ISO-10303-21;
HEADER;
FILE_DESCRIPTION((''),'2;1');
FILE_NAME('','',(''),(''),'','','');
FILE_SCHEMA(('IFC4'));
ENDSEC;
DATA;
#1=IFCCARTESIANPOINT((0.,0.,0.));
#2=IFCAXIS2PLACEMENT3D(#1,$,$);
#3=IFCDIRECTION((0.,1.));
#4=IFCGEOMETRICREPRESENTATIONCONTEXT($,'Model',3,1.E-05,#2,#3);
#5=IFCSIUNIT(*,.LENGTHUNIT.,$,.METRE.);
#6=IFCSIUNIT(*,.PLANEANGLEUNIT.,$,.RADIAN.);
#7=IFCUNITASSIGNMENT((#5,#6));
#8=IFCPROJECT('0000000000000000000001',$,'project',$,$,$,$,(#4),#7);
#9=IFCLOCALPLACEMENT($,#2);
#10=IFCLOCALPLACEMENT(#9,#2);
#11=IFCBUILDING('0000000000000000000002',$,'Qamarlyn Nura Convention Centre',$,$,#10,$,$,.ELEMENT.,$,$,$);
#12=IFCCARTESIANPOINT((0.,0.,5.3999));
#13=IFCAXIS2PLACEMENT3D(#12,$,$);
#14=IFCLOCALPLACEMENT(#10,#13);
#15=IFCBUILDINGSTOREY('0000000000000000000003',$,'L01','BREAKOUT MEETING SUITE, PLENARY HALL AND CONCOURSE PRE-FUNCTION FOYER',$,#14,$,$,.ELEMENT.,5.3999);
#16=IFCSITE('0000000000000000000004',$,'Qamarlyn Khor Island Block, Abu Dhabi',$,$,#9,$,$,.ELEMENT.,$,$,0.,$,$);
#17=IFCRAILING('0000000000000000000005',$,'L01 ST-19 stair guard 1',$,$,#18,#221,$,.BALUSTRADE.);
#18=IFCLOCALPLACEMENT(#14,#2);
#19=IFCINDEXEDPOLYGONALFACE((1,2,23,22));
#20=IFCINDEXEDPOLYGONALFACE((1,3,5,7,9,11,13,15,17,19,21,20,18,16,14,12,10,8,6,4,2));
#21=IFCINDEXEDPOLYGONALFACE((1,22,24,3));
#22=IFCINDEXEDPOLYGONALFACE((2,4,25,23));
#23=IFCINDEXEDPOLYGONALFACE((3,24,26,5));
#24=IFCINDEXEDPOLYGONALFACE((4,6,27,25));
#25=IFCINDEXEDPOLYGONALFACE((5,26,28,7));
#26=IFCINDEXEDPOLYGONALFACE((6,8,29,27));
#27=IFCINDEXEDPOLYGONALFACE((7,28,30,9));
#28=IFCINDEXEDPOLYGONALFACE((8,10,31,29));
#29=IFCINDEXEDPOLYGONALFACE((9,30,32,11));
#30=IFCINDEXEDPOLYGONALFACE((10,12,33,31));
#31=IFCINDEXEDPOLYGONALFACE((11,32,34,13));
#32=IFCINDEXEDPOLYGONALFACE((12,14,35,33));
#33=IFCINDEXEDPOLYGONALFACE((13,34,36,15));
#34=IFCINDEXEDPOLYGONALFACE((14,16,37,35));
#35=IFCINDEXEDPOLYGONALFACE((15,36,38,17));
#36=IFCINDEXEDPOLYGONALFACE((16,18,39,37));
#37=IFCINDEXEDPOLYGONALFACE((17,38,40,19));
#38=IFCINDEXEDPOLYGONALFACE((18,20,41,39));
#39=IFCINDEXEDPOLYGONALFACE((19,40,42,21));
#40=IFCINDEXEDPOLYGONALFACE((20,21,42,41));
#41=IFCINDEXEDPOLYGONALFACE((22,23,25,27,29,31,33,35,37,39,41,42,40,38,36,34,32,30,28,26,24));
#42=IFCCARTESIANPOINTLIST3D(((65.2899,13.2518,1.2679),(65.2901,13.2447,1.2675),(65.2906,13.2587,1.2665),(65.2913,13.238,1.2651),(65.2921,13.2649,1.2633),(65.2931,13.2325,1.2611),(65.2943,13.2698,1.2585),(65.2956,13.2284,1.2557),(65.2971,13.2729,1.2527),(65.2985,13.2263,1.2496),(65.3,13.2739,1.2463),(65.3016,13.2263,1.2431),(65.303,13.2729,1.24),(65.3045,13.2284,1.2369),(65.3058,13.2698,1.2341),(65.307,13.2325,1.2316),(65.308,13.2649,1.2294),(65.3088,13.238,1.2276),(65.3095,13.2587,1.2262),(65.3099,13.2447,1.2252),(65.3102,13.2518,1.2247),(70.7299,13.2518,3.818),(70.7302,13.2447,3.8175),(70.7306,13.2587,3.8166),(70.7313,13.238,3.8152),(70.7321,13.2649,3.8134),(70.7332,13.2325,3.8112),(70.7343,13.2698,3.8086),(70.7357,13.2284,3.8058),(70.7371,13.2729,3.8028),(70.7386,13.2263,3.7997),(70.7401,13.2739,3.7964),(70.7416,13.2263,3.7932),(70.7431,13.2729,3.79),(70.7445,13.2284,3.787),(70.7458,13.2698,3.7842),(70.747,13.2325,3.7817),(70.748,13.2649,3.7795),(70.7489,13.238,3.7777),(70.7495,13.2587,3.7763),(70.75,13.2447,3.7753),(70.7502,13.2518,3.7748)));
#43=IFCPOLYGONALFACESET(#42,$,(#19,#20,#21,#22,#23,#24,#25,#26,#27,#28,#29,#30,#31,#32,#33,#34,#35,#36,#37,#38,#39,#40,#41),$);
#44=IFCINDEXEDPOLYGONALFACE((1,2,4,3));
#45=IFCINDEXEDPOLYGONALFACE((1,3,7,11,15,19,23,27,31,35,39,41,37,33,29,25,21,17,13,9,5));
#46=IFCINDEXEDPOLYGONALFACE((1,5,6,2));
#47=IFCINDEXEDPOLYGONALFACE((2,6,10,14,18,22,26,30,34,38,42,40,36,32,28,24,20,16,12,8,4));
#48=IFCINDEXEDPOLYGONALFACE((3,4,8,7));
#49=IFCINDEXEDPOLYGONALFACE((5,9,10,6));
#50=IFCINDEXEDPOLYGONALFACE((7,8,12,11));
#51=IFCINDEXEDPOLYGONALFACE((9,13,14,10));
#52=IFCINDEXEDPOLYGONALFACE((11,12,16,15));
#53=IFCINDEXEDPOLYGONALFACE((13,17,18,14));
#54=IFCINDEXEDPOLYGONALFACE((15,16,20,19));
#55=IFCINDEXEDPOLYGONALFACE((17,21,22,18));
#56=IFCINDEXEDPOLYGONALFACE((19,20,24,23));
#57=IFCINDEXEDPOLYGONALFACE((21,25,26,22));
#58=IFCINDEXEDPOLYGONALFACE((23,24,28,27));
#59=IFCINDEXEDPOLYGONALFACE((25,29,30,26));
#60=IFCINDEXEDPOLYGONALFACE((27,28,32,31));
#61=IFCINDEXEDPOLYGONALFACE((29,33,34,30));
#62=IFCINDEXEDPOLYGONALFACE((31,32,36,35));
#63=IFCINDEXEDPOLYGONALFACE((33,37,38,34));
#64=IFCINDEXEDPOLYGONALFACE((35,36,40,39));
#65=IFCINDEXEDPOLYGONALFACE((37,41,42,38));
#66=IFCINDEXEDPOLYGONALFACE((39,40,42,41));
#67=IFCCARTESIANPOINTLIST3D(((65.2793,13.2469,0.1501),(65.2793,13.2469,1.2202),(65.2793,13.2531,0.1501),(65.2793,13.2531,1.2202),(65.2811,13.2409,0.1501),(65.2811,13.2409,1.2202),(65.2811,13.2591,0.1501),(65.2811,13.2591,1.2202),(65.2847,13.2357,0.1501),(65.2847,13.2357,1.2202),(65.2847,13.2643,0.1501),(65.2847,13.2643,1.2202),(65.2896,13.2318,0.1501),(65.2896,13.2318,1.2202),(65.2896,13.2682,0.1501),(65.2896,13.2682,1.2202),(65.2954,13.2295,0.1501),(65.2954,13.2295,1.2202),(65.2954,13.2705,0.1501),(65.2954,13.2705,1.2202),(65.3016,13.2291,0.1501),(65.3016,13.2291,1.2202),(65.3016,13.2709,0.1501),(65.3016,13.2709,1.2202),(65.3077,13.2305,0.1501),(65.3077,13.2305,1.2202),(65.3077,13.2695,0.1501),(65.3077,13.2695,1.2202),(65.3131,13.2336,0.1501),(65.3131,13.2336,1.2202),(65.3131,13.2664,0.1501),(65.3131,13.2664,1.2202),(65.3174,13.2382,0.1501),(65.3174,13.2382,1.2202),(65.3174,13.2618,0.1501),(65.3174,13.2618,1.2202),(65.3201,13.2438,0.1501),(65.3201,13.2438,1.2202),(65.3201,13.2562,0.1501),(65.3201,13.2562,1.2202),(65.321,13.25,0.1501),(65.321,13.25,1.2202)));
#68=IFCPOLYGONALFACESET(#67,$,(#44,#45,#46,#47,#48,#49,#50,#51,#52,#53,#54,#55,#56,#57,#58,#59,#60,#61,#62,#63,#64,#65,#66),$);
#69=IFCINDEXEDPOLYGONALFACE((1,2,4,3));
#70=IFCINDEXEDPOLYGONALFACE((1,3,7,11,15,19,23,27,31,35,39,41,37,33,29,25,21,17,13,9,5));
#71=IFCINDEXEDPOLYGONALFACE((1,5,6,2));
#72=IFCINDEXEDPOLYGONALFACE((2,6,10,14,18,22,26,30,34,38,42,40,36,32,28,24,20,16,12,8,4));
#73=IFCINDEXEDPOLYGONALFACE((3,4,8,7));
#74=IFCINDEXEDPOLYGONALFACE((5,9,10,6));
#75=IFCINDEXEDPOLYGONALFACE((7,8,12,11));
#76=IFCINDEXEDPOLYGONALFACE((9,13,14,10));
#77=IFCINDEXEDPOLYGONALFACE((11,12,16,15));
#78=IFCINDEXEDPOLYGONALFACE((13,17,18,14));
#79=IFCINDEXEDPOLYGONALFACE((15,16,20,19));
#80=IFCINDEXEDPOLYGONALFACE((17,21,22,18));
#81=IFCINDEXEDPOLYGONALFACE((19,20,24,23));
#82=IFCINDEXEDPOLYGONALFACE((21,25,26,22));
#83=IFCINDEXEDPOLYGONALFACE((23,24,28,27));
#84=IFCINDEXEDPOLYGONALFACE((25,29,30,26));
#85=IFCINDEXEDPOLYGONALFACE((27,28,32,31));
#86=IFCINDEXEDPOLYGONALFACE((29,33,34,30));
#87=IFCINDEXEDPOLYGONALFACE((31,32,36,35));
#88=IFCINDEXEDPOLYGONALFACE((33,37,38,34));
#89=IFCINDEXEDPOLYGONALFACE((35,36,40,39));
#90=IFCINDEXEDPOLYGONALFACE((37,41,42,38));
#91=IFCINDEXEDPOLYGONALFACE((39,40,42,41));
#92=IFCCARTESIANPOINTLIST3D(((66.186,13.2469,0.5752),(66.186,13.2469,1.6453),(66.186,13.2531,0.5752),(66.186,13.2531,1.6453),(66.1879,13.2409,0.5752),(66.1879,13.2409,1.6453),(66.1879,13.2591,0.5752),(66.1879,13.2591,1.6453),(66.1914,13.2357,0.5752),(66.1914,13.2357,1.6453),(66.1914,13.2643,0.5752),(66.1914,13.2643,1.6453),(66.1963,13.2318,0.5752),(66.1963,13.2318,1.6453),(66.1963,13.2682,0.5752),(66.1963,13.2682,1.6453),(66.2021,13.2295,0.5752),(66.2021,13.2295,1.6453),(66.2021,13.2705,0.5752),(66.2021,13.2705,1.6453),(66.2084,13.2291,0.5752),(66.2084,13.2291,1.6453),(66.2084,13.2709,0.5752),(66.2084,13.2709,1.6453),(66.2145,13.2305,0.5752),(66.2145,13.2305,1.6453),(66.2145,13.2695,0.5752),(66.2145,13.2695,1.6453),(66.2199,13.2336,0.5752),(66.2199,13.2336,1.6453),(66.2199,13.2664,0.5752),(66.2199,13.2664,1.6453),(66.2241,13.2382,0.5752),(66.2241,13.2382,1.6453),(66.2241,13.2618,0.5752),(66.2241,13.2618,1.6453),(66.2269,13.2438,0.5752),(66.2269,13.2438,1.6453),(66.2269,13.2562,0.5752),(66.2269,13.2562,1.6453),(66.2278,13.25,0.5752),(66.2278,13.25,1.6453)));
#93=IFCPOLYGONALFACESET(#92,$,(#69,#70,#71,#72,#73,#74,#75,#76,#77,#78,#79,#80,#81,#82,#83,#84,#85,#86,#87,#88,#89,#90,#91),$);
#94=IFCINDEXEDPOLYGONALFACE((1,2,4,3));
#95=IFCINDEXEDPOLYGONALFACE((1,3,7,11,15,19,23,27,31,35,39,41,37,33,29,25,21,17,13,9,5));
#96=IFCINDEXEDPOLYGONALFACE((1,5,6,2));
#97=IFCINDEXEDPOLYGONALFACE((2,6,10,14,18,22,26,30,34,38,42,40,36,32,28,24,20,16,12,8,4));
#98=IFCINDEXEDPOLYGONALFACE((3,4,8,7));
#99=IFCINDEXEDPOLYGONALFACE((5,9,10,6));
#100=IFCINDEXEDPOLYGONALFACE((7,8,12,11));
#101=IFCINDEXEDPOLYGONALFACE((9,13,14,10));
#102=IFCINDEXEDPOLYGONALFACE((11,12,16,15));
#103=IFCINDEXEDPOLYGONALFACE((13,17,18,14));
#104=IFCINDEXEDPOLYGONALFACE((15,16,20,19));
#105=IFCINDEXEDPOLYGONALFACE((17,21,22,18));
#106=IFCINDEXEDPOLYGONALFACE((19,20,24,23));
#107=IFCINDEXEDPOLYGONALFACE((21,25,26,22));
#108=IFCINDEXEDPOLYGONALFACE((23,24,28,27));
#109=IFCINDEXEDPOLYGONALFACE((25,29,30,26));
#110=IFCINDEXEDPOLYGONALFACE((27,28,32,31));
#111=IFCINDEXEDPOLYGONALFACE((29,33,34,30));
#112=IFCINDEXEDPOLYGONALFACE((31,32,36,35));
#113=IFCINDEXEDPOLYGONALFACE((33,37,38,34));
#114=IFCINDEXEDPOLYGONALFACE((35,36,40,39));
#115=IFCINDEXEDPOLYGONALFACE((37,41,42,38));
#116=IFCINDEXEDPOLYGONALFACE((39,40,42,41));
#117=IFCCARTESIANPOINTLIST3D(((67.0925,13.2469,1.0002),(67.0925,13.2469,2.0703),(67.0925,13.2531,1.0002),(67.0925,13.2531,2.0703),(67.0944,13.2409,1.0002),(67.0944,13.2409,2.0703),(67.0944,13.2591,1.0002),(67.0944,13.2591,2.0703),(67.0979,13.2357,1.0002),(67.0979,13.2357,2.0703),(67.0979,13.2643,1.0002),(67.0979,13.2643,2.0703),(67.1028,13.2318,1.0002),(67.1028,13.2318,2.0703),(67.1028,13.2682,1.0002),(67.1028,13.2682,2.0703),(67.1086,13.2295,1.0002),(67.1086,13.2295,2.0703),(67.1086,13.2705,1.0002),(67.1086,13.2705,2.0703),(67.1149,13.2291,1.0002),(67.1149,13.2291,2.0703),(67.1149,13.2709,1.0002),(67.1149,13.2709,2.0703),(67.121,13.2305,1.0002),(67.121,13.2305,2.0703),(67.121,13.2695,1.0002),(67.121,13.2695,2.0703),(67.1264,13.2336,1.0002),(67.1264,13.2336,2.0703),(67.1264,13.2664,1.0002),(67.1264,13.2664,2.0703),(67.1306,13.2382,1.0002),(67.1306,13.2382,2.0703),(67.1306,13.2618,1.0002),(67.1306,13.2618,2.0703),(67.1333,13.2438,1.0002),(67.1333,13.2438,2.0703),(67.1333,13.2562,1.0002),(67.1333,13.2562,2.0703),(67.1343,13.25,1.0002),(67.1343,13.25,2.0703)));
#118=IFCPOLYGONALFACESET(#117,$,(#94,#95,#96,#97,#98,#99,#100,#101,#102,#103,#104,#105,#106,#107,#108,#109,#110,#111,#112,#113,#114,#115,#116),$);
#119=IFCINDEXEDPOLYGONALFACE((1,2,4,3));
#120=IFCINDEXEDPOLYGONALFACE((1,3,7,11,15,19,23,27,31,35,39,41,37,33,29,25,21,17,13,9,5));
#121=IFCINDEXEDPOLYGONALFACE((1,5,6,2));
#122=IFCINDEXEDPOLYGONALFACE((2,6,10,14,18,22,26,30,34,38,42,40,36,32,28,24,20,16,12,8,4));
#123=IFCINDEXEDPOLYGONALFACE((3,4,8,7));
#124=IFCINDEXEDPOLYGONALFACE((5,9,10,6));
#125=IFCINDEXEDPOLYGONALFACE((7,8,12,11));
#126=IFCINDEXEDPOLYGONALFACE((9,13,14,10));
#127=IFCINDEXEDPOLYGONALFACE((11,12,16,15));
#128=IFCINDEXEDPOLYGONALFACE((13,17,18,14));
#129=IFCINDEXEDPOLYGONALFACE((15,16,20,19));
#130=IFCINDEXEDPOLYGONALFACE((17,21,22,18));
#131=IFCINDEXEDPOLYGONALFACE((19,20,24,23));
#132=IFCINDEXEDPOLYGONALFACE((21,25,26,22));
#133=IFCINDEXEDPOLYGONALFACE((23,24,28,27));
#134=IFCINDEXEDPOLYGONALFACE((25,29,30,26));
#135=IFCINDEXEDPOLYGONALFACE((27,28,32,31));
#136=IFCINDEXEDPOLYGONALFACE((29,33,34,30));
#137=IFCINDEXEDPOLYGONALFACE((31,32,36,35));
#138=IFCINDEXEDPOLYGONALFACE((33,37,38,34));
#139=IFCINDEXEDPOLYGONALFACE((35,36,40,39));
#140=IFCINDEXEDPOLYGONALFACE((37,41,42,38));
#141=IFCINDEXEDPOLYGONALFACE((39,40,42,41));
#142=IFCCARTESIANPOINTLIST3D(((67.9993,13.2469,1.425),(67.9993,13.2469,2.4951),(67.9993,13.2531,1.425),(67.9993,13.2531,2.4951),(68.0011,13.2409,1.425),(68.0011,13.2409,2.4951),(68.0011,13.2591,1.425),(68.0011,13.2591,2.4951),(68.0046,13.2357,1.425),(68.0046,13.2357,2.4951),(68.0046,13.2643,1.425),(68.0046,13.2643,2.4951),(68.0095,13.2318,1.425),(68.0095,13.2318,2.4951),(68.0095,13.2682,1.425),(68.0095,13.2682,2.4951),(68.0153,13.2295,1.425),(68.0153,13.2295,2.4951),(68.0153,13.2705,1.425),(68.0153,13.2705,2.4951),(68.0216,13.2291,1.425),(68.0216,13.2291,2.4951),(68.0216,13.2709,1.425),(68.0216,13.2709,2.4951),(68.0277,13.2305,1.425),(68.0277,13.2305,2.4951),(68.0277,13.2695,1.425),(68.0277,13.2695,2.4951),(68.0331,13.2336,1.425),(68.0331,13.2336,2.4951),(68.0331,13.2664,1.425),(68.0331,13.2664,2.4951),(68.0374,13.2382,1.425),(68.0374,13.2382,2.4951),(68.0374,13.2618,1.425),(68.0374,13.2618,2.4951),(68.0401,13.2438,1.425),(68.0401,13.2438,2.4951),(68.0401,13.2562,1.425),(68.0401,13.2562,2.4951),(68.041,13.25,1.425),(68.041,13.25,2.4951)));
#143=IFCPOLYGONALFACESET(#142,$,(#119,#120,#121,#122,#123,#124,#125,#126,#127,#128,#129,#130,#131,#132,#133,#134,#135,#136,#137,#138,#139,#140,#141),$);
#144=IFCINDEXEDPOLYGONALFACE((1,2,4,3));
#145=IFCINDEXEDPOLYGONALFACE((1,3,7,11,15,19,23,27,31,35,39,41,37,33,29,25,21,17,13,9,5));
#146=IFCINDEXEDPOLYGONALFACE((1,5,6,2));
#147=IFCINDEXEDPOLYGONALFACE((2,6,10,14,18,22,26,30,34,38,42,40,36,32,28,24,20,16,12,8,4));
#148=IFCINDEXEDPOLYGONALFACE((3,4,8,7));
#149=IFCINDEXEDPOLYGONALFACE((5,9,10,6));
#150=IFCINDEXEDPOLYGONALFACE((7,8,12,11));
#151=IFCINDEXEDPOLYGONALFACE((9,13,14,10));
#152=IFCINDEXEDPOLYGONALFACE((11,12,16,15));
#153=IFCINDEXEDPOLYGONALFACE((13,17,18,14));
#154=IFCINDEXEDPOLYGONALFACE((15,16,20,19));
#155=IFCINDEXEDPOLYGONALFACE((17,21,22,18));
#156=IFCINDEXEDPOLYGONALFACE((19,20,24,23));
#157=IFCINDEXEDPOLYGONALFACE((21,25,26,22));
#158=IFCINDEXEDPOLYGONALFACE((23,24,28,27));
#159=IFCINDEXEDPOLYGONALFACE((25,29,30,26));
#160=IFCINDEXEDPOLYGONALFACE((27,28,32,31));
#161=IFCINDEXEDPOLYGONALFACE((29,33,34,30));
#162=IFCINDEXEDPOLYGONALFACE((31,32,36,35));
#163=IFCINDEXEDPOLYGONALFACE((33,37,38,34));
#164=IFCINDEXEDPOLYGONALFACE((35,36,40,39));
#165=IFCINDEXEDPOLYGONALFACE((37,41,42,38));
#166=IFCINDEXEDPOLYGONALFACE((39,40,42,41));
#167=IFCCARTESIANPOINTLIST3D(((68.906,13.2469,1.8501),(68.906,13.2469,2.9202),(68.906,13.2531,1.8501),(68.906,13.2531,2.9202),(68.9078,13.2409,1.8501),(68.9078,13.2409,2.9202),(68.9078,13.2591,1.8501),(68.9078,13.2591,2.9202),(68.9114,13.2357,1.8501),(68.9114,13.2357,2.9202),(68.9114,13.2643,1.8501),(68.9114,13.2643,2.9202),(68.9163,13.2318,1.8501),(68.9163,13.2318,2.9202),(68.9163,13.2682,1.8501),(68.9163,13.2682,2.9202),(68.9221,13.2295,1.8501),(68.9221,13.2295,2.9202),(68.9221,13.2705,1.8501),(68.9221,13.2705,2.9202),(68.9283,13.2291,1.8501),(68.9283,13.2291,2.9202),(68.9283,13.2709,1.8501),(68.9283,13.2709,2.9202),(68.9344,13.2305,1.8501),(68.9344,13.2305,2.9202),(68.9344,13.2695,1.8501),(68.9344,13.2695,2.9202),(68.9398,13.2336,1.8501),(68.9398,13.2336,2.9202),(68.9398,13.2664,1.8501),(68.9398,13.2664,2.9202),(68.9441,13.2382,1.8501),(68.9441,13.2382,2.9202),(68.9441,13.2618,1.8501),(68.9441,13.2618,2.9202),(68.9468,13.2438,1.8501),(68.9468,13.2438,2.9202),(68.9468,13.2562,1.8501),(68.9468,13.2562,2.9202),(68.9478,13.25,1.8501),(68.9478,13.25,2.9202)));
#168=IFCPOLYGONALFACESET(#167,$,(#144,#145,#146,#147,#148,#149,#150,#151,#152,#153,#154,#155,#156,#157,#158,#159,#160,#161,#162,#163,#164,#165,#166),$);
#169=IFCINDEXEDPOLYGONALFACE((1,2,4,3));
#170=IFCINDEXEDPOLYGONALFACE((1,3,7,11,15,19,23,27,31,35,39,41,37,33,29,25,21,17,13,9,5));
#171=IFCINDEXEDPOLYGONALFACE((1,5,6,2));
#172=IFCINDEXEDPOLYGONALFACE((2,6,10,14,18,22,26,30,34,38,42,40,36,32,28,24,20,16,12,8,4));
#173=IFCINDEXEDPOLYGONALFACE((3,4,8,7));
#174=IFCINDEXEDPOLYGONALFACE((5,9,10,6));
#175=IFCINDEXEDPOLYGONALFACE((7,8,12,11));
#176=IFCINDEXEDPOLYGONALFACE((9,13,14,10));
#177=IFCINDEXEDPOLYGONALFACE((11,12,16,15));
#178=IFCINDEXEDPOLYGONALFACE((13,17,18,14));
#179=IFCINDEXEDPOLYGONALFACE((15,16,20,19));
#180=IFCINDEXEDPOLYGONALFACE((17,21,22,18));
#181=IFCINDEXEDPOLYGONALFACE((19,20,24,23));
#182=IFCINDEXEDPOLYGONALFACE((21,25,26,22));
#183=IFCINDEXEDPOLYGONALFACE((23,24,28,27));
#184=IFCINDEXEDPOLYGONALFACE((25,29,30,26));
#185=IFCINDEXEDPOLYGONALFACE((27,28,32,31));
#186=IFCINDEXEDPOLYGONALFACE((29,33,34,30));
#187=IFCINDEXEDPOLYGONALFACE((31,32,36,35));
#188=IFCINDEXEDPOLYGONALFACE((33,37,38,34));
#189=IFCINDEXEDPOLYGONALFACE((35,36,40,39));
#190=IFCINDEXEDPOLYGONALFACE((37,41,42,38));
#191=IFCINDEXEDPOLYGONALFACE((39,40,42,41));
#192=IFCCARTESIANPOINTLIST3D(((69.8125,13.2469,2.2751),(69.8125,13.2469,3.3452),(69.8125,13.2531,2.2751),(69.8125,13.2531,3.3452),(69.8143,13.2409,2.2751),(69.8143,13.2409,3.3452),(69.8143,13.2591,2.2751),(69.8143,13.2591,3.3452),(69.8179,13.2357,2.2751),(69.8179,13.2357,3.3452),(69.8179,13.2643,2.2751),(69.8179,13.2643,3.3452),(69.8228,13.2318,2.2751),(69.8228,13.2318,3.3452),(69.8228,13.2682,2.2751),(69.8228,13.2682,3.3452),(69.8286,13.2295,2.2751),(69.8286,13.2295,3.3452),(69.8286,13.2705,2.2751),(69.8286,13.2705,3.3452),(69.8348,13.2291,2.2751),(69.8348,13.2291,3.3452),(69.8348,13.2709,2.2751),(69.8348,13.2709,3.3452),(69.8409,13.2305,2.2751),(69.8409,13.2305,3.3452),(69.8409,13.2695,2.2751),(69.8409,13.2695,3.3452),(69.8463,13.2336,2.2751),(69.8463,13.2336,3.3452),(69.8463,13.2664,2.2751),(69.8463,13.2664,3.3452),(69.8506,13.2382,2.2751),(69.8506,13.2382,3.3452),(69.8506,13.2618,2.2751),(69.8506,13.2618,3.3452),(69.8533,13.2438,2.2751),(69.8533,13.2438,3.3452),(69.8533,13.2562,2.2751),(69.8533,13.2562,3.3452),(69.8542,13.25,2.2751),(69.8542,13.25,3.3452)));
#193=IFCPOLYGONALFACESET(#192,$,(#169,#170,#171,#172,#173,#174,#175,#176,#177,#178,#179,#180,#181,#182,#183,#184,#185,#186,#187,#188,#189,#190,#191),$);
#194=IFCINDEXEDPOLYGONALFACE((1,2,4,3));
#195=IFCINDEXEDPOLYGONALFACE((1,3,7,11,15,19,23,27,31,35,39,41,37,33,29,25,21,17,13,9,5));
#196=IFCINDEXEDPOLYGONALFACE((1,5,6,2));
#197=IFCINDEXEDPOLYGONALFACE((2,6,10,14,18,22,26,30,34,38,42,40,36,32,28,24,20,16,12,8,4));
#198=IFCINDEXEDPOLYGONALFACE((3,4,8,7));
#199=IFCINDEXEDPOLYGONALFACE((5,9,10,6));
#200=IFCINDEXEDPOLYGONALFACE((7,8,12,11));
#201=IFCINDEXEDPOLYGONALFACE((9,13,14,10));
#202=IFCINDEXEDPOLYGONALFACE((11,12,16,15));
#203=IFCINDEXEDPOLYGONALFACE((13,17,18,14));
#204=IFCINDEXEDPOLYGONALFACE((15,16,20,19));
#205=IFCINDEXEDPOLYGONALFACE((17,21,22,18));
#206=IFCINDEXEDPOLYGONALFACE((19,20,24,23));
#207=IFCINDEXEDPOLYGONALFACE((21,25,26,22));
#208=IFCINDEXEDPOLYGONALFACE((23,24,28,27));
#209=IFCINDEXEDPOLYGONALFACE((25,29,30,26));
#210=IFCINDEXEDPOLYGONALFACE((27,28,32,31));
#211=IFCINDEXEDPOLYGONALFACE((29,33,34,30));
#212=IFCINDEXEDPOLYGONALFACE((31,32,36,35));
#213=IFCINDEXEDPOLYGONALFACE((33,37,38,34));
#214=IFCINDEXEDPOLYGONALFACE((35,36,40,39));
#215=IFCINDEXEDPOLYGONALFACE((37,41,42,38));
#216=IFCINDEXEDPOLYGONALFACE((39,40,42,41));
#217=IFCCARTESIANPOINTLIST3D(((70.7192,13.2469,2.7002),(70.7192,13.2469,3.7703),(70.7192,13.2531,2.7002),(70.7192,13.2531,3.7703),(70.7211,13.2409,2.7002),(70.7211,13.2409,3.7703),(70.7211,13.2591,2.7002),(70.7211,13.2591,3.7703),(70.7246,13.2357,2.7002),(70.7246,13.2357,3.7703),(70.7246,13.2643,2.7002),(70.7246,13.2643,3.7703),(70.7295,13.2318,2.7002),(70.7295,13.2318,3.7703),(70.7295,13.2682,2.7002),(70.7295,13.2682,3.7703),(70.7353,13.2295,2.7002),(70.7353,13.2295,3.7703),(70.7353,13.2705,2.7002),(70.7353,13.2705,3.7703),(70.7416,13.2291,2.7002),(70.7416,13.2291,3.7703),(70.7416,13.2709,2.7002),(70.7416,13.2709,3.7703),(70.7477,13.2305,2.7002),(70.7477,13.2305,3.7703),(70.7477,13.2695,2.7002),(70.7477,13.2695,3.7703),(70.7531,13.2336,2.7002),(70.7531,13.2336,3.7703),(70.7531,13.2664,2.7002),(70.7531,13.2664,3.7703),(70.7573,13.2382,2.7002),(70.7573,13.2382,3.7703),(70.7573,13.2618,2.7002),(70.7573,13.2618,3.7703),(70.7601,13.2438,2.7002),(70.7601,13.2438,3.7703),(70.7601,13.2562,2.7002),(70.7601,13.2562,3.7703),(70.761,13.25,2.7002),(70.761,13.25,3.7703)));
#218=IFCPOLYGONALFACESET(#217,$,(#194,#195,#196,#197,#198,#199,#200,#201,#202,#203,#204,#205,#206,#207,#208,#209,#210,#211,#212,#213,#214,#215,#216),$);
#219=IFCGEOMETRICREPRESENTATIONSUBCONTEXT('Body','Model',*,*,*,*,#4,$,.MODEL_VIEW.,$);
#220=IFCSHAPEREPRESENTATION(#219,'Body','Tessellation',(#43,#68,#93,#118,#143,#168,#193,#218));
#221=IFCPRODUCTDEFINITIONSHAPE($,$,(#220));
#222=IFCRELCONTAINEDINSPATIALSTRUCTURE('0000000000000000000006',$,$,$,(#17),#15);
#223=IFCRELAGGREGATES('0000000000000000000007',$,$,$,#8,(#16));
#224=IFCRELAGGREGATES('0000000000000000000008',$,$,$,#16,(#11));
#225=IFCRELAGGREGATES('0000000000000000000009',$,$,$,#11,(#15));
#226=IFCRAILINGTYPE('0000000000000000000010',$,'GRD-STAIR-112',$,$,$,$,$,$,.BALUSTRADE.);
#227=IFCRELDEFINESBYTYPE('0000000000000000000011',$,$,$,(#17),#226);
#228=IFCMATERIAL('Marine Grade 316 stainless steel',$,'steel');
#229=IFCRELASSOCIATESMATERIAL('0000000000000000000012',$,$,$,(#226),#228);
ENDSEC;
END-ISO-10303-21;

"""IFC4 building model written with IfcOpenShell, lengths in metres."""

from ifc_helpers import new_model, si_unit, direction, frame, origin, origin_2d, place, context, subcontext, project, spatial, circle, extrude, material, type_object, element, save


model = new_model("IFC4")

# Units and contexts
model_context = context("Model", 3, precision=1e-05, world=origin(), true_north=direction((0.0, 1.0)))
body_context = subcontext(model_context, "Body", "Model", "MODEL_VIEW")
ifc_project = project(units=[si_unit("LENGTHUNIT", "METRE"), si_unit("PLANEANGLEUNIT", "RADIAN")], contexts=[model_context])

# Site, building, storey
site_placement = place(None, origin())
site = spatial("IfcSite", under=ifc_project, at=site_placement, Name="Qamarlyn Khor Island Block, Abu Dhabi", CompositionType="ELEMENT", RefElevation=0.0)
building_placement = place(site_placement, origin())
building = spatial("IfcBuilding", under=site, at=building_placement, Name="Qamarlyn Nura Convention Centre", CompositionType="ELEMENT")
storey_placement = place(building_placement, frame((0.0, 0.0, 5.3999)))
storey = spatial("IfcBuildingStorey", under=building, at=storey_placement, Name="L01", Description="BREAKOUT MEETING SUITE, PLENARY HALL AND CONCOURSE PRE-FUNCTION FOYER", CompositionType="ELEMENT", Elevation=5.3999)

# Railing
ifc_material_1 = material(Name="Marine Grade 316 stainless steel", Category="steel")
railing_type_1 = type_object("IfcRailingType", Name="GRD-STAIR-112", PredefinedType="BALUSTRADE", material=ifc_material_1)
railing_1_placement = place(storey_placement, frame((65.3, 13.25, 0.1501)))
element("IfcRailing", 1, at=railing_1_placement, inside=storey, type_object=railing_type_1, Name="L01 ST-19 stair guard 1", PredefinedType="BALUSTRADE", context=body_context, shape_type="SweptSolid", body=[
    extrude(circle(Radius=0.0239, at=origin_2d()), frame((0.0, 0.0, 1.0962), z_axis=(0.905454, 0.0, 0.424444), x_axis=(0.0, 1.0, 0.0)), (0.0, 0.0, 1.0), 6.0081),
    extrude(circle(Radius=0.021, at=origin_2d()), origin(), (0.0, 0.0, 1.0), 1.0701),
    extrude(circle(Radius=0.021, at=origin_2d()), frame((0.9067, 0.0, 0.425)), (0.0, 0.0, 1.0), 1.0701),
    extrude(circle(Radius=0.021, at=origin_2d()), frame((1.8132, 0.0, 0.8501)), (0.0, 0.0, 1.0), 1.0701),
    extrude(circle(Radius=0.021, at=origin_2d()), frame((2.72, 0.0, 1.2749)), (0.0, 0.0, 1.0), 1.0701),
    extrude(circle(Radius=0.021, at=origin_2d()), frame((3.6267, 0.0, 1.7)), (0.0, 0.0, 1.0), 1.0701),
    extrude(circle(Radius=0.021, at=origin_2d()), frame((4.5332, 0.0, 2.125)), (0.0, 0.0, 1.0), 1.0701),
    extrude(circle(Radius=0.021, at=origin_2d()), frame((5.4399, 0.0, 2.55)), (0.0, 0.0, 1.0), 1.0701),
])

save(model, "model.ifc")
